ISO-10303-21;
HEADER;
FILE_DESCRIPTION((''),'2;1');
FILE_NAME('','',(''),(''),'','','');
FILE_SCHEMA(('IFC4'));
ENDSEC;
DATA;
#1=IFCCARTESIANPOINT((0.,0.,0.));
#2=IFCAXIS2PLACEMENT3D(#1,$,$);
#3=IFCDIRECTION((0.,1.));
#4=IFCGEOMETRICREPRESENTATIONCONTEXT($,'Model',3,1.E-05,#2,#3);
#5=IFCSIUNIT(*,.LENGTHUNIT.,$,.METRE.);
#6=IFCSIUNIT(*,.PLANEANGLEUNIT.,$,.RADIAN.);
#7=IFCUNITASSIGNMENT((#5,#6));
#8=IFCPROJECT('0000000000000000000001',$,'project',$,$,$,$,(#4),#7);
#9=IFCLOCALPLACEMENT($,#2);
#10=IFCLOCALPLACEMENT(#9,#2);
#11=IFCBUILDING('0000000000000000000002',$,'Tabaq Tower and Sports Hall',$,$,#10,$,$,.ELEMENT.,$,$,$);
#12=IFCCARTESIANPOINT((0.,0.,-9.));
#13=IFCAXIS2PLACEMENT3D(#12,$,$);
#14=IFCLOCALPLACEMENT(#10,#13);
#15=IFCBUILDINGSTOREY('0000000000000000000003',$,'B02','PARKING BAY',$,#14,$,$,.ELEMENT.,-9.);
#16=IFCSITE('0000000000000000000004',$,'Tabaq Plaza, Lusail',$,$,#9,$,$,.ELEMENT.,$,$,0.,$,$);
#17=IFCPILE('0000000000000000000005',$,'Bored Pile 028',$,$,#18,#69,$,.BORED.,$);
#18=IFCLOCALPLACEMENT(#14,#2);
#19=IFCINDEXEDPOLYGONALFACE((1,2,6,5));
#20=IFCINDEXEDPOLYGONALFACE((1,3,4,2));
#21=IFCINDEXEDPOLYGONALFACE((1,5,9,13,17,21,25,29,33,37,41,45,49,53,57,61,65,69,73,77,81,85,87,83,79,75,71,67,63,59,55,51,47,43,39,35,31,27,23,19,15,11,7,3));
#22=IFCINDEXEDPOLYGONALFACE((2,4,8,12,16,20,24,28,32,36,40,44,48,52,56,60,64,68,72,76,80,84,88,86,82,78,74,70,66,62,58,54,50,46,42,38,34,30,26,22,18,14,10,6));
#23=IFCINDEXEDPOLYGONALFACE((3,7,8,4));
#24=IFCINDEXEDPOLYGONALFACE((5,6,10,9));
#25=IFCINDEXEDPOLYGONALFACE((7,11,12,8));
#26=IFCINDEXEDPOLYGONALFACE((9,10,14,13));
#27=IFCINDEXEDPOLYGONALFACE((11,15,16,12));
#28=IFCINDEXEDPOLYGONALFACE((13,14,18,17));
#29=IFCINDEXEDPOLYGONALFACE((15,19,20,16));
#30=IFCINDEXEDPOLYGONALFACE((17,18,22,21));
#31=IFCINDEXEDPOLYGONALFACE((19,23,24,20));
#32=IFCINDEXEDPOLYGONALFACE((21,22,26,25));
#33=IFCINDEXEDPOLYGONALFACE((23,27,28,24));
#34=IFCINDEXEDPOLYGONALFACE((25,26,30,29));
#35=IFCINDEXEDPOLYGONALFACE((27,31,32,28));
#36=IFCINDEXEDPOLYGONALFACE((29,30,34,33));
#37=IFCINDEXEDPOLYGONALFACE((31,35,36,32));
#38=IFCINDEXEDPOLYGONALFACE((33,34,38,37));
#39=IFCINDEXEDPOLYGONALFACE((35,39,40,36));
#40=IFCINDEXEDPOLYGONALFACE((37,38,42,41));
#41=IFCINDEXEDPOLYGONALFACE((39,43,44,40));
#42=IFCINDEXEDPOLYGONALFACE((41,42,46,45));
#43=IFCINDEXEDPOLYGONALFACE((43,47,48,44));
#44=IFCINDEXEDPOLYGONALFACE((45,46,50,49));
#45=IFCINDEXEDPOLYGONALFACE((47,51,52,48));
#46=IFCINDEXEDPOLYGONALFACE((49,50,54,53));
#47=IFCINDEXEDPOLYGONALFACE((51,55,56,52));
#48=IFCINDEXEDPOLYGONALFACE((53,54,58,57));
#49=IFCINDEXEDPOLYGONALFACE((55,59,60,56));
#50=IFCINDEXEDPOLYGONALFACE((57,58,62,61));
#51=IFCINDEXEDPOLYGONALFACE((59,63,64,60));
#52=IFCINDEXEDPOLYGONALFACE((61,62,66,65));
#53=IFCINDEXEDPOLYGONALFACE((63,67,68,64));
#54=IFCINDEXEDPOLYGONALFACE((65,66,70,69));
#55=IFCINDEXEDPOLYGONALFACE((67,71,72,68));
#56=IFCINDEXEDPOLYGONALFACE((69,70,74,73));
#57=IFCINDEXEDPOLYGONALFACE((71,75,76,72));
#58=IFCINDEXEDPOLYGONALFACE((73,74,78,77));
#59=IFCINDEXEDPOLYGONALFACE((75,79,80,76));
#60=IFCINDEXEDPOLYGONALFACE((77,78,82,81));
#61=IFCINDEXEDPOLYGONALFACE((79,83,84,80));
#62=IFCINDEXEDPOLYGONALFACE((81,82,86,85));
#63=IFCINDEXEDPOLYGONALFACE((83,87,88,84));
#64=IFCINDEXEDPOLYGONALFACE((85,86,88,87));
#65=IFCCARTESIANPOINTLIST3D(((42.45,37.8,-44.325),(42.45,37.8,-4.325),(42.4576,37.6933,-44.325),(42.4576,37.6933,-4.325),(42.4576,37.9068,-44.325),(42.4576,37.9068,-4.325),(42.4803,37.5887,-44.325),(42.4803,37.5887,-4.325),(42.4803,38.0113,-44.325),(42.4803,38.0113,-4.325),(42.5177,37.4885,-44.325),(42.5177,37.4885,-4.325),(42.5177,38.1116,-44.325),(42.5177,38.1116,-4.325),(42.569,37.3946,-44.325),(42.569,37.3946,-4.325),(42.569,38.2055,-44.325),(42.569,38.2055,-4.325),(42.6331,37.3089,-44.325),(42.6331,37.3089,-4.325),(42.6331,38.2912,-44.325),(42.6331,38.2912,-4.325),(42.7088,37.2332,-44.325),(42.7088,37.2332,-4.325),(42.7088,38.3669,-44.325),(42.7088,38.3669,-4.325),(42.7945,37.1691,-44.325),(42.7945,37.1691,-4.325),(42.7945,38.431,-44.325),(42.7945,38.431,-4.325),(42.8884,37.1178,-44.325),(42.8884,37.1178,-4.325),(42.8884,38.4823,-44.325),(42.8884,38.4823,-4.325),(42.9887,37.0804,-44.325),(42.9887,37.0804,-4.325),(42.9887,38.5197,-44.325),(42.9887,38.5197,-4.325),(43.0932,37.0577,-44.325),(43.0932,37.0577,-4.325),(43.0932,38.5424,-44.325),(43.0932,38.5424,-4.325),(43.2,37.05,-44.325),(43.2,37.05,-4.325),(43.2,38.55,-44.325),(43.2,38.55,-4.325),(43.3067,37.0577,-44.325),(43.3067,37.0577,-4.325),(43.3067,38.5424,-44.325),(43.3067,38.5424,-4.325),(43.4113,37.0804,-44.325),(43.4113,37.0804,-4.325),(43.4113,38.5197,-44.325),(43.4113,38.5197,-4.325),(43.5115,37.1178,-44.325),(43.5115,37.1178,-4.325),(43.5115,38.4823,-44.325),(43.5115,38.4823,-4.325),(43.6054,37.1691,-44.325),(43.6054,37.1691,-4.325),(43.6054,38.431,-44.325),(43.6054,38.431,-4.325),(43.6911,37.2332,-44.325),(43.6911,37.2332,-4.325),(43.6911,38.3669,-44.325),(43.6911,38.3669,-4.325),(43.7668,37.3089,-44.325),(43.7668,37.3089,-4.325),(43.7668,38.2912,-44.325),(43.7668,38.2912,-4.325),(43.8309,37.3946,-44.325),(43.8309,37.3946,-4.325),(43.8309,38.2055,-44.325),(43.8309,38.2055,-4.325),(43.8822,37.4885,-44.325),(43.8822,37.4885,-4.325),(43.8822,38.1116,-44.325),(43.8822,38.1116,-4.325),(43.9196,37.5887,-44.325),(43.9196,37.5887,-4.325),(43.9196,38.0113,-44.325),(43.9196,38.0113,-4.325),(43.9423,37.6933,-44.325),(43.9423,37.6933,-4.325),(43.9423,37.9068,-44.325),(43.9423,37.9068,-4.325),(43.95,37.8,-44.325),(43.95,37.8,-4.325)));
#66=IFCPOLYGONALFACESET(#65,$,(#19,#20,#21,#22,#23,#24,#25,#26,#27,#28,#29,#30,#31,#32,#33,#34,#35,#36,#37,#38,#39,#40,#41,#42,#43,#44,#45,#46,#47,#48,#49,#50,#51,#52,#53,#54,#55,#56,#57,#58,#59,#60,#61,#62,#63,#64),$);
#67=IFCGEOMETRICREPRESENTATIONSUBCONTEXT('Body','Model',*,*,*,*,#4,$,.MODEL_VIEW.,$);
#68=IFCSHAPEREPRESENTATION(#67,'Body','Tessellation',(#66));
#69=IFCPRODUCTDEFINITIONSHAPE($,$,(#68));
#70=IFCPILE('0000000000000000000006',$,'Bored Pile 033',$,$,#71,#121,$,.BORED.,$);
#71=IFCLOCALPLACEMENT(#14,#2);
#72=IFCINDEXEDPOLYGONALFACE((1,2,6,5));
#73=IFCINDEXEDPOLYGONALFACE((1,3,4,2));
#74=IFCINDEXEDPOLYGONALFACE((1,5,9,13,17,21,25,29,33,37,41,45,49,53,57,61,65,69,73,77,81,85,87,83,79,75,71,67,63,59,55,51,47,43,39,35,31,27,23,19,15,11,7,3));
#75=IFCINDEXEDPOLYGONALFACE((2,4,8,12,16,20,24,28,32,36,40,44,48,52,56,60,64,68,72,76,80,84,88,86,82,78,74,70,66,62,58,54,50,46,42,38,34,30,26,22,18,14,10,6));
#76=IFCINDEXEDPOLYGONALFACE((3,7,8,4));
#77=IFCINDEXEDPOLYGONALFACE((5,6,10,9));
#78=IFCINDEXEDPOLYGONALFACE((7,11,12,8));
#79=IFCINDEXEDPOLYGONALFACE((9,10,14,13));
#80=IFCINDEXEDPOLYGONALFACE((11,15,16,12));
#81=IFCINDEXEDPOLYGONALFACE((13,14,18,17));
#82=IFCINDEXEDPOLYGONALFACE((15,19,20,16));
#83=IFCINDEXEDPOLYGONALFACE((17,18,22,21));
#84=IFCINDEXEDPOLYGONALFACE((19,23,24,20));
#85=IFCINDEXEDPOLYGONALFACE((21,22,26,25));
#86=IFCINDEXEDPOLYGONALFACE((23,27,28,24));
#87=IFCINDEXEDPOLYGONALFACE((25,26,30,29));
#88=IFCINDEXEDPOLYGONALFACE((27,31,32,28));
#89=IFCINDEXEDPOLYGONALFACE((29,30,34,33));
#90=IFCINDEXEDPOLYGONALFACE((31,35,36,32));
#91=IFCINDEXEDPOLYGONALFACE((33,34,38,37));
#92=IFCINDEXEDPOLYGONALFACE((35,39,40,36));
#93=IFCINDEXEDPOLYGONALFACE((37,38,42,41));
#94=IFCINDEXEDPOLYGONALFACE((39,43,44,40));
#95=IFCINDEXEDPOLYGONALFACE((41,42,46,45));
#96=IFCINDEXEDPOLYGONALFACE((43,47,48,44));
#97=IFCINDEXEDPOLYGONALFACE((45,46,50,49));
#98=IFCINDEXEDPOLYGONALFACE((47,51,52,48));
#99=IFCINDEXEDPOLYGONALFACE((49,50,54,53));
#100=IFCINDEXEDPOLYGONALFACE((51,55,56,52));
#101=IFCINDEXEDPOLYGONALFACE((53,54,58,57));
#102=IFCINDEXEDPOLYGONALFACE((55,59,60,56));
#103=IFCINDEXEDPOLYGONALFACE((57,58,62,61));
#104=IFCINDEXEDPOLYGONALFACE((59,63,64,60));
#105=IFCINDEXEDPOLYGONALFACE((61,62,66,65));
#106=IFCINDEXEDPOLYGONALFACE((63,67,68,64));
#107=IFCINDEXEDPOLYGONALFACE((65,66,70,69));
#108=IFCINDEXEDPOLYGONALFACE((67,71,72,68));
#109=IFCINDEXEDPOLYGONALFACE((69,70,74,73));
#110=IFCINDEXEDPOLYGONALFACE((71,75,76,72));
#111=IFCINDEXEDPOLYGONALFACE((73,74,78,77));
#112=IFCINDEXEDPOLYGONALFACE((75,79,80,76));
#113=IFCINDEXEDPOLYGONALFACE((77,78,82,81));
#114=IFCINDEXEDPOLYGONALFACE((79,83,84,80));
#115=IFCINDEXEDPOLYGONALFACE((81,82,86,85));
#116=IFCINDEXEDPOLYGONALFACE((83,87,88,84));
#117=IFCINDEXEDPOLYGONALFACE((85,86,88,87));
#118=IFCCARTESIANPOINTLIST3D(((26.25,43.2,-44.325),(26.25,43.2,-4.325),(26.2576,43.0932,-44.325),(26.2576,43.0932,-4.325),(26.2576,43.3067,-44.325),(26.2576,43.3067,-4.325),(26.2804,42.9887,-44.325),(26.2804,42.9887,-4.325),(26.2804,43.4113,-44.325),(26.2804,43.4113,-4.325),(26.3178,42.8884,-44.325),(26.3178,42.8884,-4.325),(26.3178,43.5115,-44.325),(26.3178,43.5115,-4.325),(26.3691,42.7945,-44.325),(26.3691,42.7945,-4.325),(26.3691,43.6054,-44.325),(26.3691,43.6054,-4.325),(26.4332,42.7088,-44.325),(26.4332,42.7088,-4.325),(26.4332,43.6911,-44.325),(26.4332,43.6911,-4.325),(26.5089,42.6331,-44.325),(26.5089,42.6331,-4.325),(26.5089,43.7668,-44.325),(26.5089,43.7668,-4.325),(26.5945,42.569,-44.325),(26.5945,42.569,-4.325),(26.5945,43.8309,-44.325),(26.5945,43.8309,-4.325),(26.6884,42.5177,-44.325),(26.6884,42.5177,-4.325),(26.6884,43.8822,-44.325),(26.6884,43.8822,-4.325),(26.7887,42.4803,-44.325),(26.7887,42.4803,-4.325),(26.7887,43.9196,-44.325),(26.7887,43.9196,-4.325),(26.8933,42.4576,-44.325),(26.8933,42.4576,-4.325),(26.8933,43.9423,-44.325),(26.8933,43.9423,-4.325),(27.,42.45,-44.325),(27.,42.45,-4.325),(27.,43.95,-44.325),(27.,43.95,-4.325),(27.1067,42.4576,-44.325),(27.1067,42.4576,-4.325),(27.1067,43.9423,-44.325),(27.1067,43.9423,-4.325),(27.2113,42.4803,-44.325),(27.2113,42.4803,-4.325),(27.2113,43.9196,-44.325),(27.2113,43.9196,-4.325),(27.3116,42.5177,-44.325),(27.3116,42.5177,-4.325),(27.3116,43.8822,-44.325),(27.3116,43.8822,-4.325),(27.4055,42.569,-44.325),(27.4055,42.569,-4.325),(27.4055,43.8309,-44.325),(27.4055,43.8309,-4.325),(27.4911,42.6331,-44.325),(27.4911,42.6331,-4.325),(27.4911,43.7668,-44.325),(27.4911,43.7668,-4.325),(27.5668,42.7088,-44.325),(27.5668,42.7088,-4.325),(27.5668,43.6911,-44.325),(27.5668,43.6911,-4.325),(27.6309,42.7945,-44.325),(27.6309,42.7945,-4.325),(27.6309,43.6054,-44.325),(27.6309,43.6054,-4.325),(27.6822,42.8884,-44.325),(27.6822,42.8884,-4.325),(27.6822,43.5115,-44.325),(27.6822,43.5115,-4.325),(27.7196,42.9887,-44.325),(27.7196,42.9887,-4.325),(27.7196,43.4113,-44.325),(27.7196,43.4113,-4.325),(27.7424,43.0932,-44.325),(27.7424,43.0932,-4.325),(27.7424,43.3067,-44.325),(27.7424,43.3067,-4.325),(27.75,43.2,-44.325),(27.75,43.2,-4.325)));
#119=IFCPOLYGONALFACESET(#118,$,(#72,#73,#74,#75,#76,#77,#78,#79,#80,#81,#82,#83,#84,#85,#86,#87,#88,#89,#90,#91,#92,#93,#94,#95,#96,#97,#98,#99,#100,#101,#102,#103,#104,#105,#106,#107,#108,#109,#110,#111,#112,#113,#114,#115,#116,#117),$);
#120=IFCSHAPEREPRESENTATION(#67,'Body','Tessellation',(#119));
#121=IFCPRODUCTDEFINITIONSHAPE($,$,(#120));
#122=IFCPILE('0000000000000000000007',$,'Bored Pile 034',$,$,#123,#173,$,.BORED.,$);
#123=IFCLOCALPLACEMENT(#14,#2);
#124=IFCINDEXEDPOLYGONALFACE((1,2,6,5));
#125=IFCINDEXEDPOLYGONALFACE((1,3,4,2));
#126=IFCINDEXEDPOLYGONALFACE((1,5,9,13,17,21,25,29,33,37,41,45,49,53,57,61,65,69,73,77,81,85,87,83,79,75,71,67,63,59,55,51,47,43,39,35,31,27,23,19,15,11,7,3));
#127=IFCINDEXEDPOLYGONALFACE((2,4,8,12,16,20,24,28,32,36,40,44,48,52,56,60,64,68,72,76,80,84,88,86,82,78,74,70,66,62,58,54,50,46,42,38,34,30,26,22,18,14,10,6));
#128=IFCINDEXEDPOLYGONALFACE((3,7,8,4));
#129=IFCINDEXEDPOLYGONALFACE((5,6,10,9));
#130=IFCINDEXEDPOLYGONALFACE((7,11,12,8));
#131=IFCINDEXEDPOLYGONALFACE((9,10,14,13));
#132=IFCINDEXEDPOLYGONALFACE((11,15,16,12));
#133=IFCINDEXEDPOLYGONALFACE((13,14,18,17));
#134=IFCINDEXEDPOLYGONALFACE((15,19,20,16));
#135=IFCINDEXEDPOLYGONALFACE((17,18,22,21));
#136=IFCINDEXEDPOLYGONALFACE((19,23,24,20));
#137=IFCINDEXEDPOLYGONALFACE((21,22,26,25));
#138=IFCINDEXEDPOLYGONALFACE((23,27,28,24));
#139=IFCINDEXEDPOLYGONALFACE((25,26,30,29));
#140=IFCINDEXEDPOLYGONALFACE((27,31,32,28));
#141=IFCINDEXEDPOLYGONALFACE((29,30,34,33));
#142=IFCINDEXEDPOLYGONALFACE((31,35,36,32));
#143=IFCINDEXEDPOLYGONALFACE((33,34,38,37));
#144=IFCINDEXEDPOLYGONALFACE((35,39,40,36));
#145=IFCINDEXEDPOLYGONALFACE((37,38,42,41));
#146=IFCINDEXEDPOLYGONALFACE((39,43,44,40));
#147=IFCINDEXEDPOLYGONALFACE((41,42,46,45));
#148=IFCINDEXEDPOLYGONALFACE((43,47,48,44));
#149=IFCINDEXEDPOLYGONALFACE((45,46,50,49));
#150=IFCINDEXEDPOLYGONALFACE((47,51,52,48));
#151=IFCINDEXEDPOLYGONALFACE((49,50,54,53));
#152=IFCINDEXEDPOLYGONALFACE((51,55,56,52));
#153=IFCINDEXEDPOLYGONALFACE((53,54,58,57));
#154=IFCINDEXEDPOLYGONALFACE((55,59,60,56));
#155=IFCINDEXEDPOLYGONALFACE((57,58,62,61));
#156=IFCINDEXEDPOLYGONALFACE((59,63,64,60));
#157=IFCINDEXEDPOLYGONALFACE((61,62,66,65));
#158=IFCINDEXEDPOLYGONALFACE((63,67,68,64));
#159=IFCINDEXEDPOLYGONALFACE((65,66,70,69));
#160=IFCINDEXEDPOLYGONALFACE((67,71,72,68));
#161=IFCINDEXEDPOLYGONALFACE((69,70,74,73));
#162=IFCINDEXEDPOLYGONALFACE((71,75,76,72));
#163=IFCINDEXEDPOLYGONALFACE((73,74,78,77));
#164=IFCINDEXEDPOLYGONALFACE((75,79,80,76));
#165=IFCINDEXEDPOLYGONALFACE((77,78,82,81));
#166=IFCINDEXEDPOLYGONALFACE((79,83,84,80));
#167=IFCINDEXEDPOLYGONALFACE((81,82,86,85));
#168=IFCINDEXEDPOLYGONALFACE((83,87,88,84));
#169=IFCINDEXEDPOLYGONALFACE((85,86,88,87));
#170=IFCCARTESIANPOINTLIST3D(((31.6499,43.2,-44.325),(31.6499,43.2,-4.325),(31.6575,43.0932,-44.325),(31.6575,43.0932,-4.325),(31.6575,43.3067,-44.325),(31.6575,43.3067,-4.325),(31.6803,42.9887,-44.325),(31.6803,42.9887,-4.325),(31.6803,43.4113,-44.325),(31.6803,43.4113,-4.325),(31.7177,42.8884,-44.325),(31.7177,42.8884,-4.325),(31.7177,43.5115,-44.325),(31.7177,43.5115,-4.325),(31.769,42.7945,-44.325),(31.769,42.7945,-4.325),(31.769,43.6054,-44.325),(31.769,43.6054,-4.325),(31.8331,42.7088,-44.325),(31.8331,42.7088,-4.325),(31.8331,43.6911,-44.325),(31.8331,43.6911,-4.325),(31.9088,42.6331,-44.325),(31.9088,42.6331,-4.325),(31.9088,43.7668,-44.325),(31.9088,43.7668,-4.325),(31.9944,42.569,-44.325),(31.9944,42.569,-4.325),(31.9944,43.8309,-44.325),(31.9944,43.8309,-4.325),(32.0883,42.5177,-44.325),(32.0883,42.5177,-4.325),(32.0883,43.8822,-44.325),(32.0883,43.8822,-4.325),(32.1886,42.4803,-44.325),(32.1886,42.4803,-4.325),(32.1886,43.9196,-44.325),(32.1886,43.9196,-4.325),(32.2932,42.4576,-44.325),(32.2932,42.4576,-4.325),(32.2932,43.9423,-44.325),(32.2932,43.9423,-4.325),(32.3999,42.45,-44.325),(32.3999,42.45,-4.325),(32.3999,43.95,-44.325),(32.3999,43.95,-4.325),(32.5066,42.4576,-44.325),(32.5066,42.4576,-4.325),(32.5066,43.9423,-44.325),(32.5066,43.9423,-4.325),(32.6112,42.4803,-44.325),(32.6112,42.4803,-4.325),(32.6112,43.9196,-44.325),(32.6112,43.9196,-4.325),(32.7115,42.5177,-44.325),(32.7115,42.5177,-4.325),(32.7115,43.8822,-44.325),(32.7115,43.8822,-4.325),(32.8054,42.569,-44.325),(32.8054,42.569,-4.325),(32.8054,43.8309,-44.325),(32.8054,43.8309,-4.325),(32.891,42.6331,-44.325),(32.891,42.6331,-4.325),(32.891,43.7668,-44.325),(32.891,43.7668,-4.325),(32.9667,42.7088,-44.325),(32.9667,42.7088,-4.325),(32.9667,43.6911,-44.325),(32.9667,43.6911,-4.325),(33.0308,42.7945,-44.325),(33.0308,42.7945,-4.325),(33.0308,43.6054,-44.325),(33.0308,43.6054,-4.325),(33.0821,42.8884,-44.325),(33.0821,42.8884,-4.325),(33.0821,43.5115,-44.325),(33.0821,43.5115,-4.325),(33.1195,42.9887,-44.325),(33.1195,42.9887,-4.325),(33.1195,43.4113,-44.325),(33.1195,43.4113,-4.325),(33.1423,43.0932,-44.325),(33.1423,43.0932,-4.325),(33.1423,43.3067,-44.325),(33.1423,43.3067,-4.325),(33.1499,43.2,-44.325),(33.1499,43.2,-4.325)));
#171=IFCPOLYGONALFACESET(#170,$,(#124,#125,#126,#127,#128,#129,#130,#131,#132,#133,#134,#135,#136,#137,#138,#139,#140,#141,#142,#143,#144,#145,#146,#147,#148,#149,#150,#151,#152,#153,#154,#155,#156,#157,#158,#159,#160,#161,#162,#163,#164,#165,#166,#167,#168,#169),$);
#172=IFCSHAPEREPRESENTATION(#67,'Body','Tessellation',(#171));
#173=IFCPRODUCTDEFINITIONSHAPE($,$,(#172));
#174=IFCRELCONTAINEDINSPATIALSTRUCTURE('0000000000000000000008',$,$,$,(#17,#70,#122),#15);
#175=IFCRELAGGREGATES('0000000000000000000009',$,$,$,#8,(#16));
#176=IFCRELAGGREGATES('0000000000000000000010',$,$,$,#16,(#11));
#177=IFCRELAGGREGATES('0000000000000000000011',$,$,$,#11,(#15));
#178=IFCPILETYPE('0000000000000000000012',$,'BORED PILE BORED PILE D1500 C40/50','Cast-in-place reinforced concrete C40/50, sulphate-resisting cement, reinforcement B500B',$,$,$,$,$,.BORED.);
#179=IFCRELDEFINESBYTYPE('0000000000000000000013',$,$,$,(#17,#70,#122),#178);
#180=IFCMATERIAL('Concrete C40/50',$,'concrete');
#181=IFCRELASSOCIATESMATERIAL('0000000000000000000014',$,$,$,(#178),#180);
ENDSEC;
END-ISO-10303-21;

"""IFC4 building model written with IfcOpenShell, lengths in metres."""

from ifc_helpers import new_model, si_unit, direction, frame, origin, origin_2d, place, context, subcontext, project, spatial, circle, extrude, material, material_profile, profile_set, type_object, element, save


model = new_model("IFC4")

# Units and contexts
model_context = context("Model", 3, precision=1e-05, world=origin(), true_north=direction((0.0, 1.0)))
body_context = subcontext(model_context, "Body", "Model", "MODEL_VIEW")
ifc_project = project(units=[si_unit("LENGTHUNIT", "METRE"), si_unit("PLANEANGLEUNIT", "RADIAN")], contexts=[model_context])

# Site, building, storey
site_placement = place(None, origin())
site = spatial("IfcSite", under=ifc_project, at=site_placement, Name="Tabaq Plaza, Lusail", CompositionType="ELEMENT", RefElevation=0.0)
building_placement = place(site_placement, origin())
building = spatial("IfcBuilding", under=site, at=building_placement, Name="Tabaq Tower and Sports Hall", CompositionType="ELEMENT")
storey_placement = place(building_placement, frame((0.0, 0.0, -9.0)))
storey = spatial("IfcBuildingStorey", under=building, at=storey_placement, Name="B02", Description="PARKING BAY", CompositionType="ELEMENT", Elevation=-9.0)

# Piles
ifc_material_1 = material(Name="Concrete C40/50", Category="concrete")
ifc_material_profile_1 = material_profile(ifc_material_1, circle(Radius=0.75, at=origin_2d()), Name="BORED PILE D1500")
ifc_profile_set_1 = profile_set([ifc_material_profile_1], Name="Concrete C40/50")
pile_type = type_object("IfcPileType", Name="BORED PILE BORED PILE D1500 C40/50", Description="Cast-in-place reinforced concrete C40/50, sulphate-resisting cement, reinforcement B500B", PredefinedType="BORED", material=ifc_profile_set_1)
for number, where, z_axis, x_axis, name in (
    (1, (43.2, 37.8, -4.325), (0.0, 0.0, -1.0), (1.0, 0.0, 0.0), "Bored Pile 028"),
    (2, (27.0, 43.2, -4.325), (0.0, 0.0, -1.0), (1.0, 0.0, 0.0), "Bored Pile 033"),
    (3, (32.3999, 43.2, -4.325), (0.0, 0.0, -1.0), (1.0, 0.0, 0.0), "Bored Pile 034"),
):
    element("IfcPile", number, at=place(storey_placement, frame(where, z_axis=z_axis, x_axis=x_axis)), inside=storey, type_object=pile_type, Name=name, PredefinedType="BORED", context=body_context, shape_type="SweptSolid", body=[
        extrude(circle(Radius=0.75, at=origin_2d()), origin(), (0.0, 0.0, 1.0), 40.0),
    ])

save(model, "model.ifc")
